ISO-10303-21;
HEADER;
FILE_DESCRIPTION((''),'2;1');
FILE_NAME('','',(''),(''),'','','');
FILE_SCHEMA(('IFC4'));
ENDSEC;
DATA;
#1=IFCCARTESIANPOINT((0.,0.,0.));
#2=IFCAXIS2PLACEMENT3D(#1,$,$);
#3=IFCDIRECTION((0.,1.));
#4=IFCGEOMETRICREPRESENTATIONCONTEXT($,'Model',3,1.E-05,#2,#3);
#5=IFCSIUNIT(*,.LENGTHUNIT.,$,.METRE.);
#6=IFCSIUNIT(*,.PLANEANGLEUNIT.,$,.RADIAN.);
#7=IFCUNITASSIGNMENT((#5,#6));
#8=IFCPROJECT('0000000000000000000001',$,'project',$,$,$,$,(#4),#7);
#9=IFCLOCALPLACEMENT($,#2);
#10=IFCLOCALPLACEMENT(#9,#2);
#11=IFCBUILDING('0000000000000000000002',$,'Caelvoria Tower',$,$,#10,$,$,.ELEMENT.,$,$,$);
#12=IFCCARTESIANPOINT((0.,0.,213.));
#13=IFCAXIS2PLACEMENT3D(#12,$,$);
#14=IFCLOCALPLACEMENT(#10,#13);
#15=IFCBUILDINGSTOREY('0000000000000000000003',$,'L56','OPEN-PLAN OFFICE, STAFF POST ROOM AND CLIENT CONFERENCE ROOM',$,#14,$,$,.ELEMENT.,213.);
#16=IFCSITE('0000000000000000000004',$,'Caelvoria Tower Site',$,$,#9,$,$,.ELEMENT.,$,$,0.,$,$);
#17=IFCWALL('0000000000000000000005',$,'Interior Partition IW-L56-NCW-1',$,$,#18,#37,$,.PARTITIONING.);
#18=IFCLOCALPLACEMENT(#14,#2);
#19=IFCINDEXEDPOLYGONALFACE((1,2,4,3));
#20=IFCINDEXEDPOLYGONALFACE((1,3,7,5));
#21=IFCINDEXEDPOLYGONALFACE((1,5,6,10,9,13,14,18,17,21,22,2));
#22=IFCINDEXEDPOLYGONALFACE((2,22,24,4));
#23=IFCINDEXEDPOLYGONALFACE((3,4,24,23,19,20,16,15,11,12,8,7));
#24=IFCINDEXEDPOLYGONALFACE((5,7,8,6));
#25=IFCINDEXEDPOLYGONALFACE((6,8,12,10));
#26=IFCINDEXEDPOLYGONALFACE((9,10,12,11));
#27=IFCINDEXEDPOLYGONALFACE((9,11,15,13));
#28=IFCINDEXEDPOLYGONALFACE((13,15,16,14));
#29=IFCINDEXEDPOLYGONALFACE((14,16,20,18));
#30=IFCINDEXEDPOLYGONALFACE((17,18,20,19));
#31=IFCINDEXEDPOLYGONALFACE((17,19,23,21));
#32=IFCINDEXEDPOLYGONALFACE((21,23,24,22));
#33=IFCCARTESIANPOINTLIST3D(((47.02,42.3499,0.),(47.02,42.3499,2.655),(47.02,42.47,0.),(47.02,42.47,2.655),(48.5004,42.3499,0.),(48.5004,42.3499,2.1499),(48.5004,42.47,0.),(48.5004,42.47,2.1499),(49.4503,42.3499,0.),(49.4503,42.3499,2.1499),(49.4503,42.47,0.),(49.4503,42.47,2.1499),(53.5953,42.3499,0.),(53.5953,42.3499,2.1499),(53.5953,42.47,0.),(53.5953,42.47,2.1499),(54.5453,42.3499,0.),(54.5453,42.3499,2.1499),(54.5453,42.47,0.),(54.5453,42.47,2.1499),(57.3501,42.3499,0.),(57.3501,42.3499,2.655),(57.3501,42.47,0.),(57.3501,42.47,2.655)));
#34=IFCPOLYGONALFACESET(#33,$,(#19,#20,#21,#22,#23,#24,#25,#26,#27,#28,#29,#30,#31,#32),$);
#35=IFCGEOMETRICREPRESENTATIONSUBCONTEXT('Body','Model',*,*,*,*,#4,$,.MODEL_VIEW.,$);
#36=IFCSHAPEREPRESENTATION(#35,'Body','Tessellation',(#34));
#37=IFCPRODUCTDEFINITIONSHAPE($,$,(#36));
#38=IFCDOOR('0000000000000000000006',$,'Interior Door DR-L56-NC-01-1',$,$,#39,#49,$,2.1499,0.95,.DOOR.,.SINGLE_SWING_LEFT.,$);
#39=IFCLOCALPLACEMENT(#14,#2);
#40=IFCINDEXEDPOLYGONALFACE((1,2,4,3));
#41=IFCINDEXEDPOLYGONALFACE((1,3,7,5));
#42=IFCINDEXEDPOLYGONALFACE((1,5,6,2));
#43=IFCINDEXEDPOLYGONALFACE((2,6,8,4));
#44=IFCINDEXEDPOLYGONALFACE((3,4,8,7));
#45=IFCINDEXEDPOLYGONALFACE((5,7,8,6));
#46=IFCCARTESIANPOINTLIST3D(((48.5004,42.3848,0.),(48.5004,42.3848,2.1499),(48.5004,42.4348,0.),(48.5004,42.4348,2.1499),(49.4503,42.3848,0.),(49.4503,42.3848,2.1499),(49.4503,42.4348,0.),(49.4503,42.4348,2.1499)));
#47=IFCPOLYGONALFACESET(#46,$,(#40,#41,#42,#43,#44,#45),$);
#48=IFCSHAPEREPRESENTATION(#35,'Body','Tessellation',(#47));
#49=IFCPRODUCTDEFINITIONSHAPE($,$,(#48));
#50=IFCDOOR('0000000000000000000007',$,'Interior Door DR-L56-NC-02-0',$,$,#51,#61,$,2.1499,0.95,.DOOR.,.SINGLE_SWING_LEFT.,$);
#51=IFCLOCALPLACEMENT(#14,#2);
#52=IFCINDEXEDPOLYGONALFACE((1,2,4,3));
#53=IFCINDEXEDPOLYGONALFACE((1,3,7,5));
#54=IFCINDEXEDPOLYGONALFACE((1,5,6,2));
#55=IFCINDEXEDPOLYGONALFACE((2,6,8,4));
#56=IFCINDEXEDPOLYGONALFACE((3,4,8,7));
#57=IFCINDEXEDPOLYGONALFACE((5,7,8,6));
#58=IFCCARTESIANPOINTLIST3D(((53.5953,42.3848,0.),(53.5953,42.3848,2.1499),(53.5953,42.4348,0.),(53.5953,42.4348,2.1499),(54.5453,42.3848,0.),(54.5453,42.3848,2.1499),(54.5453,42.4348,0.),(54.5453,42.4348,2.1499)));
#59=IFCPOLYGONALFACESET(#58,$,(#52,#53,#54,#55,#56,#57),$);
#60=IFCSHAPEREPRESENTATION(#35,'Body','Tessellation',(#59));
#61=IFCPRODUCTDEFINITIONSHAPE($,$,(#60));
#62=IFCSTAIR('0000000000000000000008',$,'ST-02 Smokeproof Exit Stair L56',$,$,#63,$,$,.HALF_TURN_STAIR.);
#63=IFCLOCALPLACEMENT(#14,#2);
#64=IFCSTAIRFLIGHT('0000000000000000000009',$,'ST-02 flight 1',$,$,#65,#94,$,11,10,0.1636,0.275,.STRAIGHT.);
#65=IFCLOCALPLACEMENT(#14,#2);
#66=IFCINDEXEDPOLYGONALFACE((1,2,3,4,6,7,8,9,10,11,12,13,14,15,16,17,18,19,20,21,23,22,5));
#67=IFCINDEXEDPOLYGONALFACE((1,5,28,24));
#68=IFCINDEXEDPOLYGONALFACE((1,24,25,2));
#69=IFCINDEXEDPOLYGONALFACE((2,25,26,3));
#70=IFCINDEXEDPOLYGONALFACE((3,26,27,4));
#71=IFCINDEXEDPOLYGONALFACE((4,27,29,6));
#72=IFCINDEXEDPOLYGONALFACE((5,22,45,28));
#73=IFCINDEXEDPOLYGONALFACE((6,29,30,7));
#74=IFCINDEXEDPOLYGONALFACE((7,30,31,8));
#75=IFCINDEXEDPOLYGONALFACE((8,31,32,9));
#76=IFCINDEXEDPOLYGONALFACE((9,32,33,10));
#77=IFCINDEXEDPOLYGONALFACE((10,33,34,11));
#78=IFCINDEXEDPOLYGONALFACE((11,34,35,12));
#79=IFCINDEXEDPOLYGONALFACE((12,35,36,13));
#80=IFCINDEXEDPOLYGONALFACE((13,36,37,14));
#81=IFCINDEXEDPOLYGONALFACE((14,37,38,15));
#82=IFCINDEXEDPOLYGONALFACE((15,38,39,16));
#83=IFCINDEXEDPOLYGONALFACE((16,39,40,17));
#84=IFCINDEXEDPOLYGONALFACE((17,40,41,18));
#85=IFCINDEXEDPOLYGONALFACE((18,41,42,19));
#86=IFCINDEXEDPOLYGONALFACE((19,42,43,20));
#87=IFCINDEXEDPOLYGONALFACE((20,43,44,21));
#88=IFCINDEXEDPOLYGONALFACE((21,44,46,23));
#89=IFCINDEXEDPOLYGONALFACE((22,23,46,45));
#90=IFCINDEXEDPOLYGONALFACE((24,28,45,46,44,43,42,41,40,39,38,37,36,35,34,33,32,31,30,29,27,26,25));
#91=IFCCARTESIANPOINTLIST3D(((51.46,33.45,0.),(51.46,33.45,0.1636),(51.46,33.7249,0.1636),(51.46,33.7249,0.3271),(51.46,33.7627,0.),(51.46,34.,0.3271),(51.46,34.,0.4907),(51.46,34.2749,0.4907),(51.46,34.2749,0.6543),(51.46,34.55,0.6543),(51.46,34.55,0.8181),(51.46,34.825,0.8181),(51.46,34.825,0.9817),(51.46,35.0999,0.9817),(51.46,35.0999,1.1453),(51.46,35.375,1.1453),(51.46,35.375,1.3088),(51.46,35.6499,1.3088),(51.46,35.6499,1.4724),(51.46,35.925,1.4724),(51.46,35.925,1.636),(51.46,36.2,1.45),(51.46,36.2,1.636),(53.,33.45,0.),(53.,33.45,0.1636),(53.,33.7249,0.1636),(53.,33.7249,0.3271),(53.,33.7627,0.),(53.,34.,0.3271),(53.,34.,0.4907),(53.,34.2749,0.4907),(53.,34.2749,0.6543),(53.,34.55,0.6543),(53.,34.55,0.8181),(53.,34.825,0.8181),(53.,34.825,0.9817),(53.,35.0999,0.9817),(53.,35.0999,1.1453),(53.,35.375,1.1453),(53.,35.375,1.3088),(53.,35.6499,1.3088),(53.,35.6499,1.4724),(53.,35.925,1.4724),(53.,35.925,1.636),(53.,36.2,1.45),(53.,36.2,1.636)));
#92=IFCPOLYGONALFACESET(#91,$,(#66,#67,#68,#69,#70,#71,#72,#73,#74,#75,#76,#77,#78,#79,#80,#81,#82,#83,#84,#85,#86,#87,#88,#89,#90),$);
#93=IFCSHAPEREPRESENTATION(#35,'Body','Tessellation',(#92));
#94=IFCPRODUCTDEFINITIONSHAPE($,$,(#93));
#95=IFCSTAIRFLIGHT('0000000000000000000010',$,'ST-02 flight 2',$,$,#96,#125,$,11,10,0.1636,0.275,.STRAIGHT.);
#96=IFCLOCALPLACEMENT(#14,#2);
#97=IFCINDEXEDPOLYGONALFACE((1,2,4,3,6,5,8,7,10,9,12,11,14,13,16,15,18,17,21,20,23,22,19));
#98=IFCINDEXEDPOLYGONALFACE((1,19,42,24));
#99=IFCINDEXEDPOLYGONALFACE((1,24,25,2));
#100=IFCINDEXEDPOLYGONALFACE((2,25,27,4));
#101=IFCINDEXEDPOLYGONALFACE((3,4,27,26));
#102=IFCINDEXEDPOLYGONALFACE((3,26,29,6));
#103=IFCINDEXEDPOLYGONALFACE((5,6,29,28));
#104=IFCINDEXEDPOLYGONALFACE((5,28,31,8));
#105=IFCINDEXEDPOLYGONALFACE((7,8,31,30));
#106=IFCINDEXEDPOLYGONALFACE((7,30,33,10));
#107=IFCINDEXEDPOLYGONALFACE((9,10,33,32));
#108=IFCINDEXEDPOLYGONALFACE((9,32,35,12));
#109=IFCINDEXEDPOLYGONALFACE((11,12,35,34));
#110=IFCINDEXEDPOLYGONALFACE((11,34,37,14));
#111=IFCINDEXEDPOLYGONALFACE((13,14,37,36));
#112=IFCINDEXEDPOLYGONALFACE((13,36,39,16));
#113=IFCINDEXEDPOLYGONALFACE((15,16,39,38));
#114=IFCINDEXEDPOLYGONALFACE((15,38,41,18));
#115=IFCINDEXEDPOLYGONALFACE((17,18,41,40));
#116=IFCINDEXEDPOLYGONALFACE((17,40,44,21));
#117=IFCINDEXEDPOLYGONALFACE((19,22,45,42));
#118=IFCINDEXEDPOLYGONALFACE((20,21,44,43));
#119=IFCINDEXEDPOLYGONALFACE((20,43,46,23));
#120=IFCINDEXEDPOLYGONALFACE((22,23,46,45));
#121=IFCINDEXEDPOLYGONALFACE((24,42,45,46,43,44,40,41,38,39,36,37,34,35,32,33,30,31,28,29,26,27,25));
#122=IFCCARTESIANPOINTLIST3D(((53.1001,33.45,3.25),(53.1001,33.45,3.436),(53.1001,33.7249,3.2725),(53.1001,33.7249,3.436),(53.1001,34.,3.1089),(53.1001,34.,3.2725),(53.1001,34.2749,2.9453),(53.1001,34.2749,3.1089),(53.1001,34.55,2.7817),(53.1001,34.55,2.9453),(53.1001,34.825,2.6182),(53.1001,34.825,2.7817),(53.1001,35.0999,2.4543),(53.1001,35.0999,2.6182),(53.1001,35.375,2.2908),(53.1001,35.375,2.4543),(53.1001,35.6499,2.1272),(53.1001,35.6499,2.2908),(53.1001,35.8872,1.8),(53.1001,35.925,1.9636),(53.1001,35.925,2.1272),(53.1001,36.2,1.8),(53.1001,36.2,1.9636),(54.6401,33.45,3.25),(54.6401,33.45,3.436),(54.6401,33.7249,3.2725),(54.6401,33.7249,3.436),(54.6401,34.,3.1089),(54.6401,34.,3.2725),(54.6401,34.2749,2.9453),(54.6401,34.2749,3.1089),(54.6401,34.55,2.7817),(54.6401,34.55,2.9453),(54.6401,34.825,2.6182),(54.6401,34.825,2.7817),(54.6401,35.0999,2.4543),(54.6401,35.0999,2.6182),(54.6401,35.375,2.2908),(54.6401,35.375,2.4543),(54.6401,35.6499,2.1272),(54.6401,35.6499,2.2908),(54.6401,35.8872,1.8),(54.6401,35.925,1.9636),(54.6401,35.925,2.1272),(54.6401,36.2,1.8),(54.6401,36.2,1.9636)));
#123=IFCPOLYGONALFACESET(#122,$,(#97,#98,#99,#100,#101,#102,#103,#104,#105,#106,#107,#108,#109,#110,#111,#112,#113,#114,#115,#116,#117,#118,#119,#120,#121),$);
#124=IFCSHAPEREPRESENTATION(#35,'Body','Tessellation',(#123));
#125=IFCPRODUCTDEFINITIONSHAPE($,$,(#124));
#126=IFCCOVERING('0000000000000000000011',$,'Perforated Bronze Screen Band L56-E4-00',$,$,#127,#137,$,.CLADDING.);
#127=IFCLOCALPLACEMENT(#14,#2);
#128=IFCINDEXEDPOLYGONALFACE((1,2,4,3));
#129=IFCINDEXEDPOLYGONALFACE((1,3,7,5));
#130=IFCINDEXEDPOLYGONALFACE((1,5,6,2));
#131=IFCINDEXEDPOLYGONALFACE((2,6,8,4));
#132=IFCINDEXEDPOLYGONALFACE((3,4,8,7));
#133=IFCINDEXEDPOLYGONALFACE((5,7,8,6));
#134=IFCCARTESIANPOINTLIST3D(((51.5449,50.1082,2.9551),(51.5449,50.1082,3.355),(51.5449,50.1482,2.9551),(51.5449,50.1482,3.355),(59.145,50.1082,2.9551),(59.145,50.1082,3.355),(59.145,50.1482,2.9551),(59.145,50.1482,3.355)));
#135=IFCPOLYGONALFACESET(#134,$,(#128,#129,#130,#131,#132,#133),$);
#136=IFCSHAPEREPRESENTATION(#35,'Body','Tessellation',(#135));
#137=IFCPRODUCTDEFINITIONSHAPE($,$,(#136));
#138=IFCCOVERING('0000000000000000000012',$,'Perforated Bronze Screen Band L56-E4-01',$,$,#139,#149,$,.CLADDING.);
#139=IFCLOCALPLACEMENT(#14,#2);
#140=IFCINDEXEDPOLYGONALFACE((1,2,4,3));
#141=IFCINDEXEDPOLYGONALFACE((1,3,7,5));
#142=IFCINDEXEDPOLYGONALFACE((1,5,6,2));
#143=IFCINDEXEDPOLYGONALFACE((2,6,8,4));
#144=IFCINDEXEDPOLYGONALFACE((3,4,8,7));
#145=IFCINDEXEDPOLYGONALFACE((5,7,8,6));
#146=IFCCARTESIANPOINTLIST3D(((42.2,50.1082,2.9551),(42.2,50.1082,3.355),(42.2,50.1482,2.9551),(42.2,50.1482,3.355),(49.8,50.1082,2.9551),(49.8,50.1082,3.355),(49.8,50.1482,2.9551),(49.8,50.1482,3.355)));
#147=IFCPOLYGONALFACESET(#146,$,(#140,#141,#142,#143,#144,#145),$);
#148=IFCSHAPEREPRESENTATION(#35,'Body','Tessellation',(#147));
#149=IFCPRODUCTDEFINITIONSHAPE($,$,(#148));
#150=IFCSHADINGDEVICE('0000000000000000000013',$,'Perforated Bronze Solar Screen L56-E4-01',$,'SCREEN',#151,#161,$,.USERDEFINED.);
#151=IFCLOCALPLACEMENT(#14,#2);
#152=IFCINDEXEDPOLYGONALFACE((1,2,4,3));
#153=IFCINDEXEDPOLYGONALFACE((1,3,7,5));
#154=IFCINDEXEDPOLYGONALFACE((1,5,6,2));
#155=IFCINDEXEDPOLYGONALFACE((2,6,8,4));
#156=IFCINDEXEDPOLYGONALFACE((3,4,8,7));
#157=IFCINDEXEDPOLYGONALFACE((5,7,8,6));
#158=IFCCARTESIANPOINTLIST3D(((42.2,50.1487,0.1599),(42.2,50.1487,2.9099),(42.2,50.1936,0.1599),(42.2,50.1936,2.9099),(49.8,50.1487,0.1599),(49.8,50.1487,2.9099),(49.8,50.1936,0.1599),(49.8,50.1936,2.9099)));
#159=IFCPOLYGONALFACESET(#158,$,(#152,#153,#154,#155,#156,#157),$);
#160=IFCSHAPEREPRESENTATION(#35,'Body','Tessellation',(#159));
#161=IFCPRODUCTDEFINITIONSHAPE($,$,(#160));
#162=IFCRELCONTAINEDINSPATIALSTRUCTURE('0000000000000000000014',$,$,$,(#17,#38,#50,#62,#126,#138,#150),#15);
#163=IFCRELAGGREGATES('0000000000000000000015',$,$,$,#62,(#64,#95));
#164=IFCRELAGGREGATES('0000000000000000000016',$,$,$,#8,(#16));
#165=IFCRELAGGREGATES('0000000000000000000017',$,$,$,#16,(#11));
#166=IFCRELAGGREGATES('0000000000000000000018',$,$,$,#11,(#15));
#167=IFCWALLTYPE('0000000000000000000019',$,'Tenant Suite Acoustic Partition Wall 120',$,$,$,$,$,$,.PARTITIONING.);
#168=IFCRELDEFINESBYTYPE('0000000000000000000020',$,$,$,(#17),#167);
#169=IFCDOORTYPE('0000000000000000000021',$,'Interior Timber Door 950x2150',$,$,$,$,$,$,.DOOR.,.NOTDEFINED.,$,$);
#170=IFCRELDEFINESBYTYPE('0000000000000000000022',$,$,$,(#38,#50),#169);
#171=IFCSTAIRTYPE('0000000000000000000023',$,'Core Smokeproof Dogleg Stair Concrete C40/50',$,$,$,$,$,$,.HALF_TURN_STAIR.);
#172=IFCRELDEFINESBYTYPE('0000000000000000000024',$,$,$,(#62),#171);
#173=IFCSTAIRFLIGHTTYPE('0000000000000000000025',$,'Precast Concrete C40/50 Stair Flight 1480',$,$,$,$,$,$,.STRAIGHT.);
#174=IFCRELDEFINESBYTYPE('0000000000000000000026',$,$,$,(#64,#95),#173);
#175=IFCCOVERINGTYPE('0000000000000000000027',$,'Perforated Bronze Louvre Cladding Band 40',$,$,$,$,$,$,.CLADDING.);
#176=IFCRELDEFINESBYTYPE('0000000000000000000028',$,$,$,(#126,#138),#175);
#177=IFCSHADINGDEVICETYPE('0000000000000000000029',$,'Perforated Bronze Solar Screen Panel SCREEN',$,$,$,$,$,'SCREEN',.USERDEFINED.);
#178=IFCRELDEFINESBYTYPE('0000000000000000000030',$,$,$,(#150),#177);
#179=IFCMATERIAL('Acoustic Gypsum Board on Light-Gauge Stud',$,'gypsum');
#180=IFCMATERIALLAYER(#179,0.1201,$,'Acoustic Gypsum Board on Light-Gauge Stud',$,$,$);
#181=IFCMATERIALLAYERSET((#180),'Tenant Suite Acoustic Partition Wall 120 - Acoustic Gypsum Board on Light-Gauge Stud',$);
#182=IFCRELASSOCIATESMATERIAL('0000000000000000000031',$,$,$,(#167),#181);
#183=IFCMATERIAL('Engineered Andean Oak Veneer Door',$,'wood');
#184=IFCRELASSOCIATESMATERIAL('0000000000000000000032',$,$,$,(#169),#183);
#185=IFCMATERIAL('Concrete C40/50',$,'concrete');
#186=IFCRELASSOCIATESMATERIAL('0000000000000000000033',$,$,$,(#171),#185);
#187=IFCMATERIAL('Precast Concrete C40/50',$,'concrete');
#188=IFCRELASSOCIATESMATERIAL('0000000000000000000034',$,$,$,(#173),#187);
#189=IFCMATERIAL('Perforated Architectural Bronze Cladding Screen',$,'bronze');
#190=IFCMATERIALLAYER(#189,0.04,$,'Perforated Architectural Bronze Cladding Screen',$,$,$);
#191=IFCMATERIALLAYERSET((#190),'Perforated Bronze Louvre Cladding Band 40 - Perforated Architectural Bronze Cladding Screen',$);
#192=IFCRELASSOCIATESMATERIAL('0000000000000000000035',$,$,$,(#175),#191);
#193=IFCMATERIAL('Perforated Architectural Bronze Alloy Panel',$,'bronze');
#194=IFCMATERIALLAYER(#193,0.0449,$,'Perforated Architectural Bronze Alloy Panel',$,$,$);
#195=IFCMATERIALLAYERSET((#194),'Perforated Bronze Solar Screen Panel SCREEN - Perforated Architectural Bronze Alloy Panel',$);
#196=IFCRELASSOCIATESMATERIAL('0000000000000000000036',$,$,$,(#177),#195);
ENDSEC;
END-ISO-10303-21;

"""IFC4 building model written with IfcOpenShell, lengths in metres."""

from ifc_helpers import new_model, si_unit, direction, frame, frame_2d, origin, origin_2d, place, context, subcontext, project, spatial, polyline, rectangle, outline, extrude, material, layer, layer_set, type_object, element, fill, aggregate, save


model = new_model("IFC4")

# Units and contexts
model_context = context("Model", 3, precision=1e-05, world=origin(), true_north=direction((0.0, 1.0)))
body_context = subcontext(model_context, "Body", "Model", "MODEL_VIEW")
ifc_project = project(units=[si_unit("LENGTHUNIT", "METRE"), si_unit("PLANEANGLEUNIT", "RADIAN")], contexts=[model_context])

# Site, building, storey
site_placement = place(None, origin())
site = spatial("IfcSite", under=ifc_project, at=site_placement, Name="Caelvoria Tower Site", CompositionType="ELEMENT", RefElevation=0.0)
building_placement = place(site_placement, origin())
building = spatial("IfcBuilding", under=site, at=building_placement, Name="Caelvoria Tower", CompositionType="ELEMENT")
storey_placement = place(building_placement, frame((0.0, 0.0, 213.0)))
storey = spatial("IfcBuildingStorey", under=building, at=storey_placement, Name="L56", Description="OPEN-PLAN OFFICE, STAFF POST ROOM AND CLIENT CONFERENCE ROOM", CompositionType="ELEMENT", Elevation=213.0)

# Shared definitions
ifc_material_1 = material(Name="Acoustic Gypsum Board on Light-Gauge Stud", Category="gypsum")
ifc_layer_1 = layer(ifc_material_1, 0.1201, Name="Acoustic Gypsum Board on Light-Gauge Stud")
ifc_layer_set_1 = layer_set([ifc_layer_1], Name="Tenant Suite Acoustic Partition Wall 120 - Acoustic Gypsum Board on Light-Gauge Stud")
wall_type_1 = type_object("IfcWallType", Name="Tenant Suite Acoustic Partition Wall 120", PredefinedType="PARTITIONING", material=ifc_layer_set_1)
ifc_material_2 = material(Name="Engineered Andean Oak Veneer Door", Category="wood")

# Wall, openings, doors
wall_1_placement = place(storey_placement, frame((47.02, 42.4099, 0.0), z_axis=(0.0, 0.0, 1.0), x_axis=(1.0, 0.0, 0.0)))
wall_1 = element("IfcWall", 1, at=wall_1_placement, inside=storey, type_object=wall_type_1, Name="Interior Partition IW-L56-NCW-1", PredefinedType="PARTITIONING", context=body_context, shape_type="SweptSolid", body=[
    extrude(rectangle(XDim=10.3301, YDim=0.1201, at=frame_2d((5.165, 0.0))), origin(), (0.0, 0.0, 1.0), 2.655),
])
opening_1_placement = place(wall_1_placement, frame((1.4802, 0.0, 0.0)))
opening_1 = element("IfcOpeningElement", 2, at=opening_1_placement, cuts=wall_1, PredefinedType="OPENING", context=body_context, shape_type="SweptSolid", body=[
    extrude(rectangle(XDim=0.95, YDim=2.1499, at=frame_2d((0.4751, 1.075))), frame((0.0, 0.0701, 0.0), z_axis=(0.0, -1.0, 0.0), x_axis=(1.0, 0.0, 0.0)), (0.0, 0.0, 1.0), 0.1401),
])
opening_2_placement = place(wall_1_placement, frame((6.5752, 0.0, 0.0)))
opening_2 = element("IfcOpeningElement", 3, at=opening_2_placement, cuts=wall_1, PredefinedType="OPENING", context=body_context, shape_type="SweptSolid", body=[
    extrude(rectangle(XDim=0.95, YDim=2.1499, at=frame_2d((0.4751, 1.075))), frame((0.0, 0.0701, 0.0), z_axis=(0.0, -1.0, 0.0), x_axis=(1.0, 0.0, 0.0)), (0.0, 0.0, 1.0), 0.1401),
])
door_type_1 = type_object("IfcDoorType", Name="Interior Timber Door 950x2150", OperationType="NOTDEFINED", PredefinedType="DOOR", material=ifc_material_2)
door_1_placement = place(opening_1_placement, origin())
door_1 = element("IfcDoor", 4, at=door_1_placement, inside=storey, type_object=door_type_1, Name="Interior Door DR-L56-NC-01-1", OperationType="SINGLE_SWING_LEFT", OverallHeight=2.1499, OverallWidth=0.95, PredefinedType="DOOR", context=body_context, shape_type="SweptSolid", body=[
    extrude(rectangle(XDim=0.95, YDim=2.1499, at=frame_2d((0.4751, 1.075))), frame((0.0, 0.0249, 0.0), z_axis=(0.0, -1.0, 0.0), x_axis=(1.0, 0.0, 0.0)), (0.0, 0.0, 1.0), 0.05),
])
fill(opening_1, door_1)
door_2_placement = place(opening_2_placement, origin())
door_2 = element("IfcDoor", 5, at=door_2_placement, inside=storey, type_object=door_type_1, Name="Interior Door DR-L56-NC-02-0", OperationType="SINGLE_SWING_LEFT", OverallHeight=2.1499, OverallWidth=0.95, PredefinedType="DOOR", context=body_context, shape_type="SweptSolid", body=[
    extrude(rectangle(XDim=0.95, YDim=2.1499, at=frame_2d((0.4751, 1.075))), frame((0.0, 0.0249, 0.0), z_axis=(0.0, -1.0, 0.0), x_axis=(1.0, 0.0, 0.0)), (0.0, 0.0, 1.0), 0.05),
])
fill(opening_2, door_2)

# Stair, stair flights
ifc_material_3 = material(Name="Concrete C40/50", Category="concrete")
stair_type = type_object("IfcStairType", Name="Core Smokeproof Dogleg Stair Concrete C40/50", PredefinedType="HALF_TURN_STAIR", material=ifc_material_3)
stair_placement = place(storey_placement, origin())
stair = element("IfcStair", 6, at=stair_placement, inside=storey, type_object=stair_type, Name="ST-02 Smokeproof Exit Stair L56", PredefinedType="HALF_TURN_STAIR")
ifc_material_4 = material(Name="Precast Concrete C40/50", Category="concrete")
stair_flight_type = type_object("IfcStairFlightType", Name="Precast Concrete C40/50 Stair Flight 1480", PredefinedType="STRAIGHT", material=ifc_material_4)
stair_flight_1_placement = place(storey_placement, frame((52.23, 33.45, 0.0), z_axis=(0.0, 0.0, 1.0), x_axis=(0.0, 1.0, 0.0)))
stair_flight_1 = element("IfcStairFlight", 7, at=stair_flight_1_placement, type_object=stair_flight_type, Name="ST-02 flight 1", NumberOfRisers=11, NumberOfTreads=10, PredefinedType="STRAIGHT", RiserHeight=0.1636, TreadLength=0.275, context=body_context, shape_type="SweptSolid", body=[
    extrude(outline(polyline([(0.0, 0.0), (0.0, 0.1636), (0.2749, 0.1636), (0.2749, 0.3271), (0.55, 0.3271), (0.55, 0.4907), (0.825, 0.4907), (0.825, 0.6543), (1.1001, 0.6543), (1.1001, 0.8181), (1.375, 0.8181), (1.375, 0.9817), (1.6499, 0.9817), (1.6499, 1.1453), (1.925, 1.1453), (1.925, 1.3088), (2.2, 1.3088), (2.2, 1.4724), (2.4751, 1.4724), (2.4751, 1.636), (2.75, 1.636), (2.75, 1.7996), (2.75, 1.45), (0.3127, 0.0), (0.0, 0.0)])), frame((0.0, 0.77, 0.0), z_axis=(0.0, -1.0, 0.0), x_axis=(1.0, 0.0, 0.0)), (0.0, 0.0, 1.0), 1.54),
])
stair_flight_2_placement = place(storey_placement, frame((53.8701, 36.2, 1.8), z_axis=(0.0, 0.0, 1.0), x_axis=(0.0, -1.0, 0.0)))
stair_flight_2 = element("IfcStairFlight", 8, at=stair_flight_2_placement, type_object=stair_flight_type, Name="ST-02 flight 2", NumberOfRisers=11, NumberOfTreads=10, PredefinedType="STRAIGHT", RiserHeight=0.1636, TreadLength=0.275, context=body_context, shape_type="SweptSolid", body=[
    extrude(outline(polyline([(0.0, 0.0), (0.0, 0.1636), (0.2749, 0.1636), (0.2749, 0.3271), (0.55, 0.3271), (0.55, 0.4907), (0.825, 0.4907), (0.825, 0.6543), (1.1001, 0.6543), (1.1001, 0.8181), (1.375, 0.8181), (1.375, 0.9817), (1.6499, 0.9817), (1.6499, 1.1453), (1.925, 1.1453), (1.925, 1.3088), (2.2, 1.3088), (2.2, 1.4724), (2.4751, 1.4724), (2.4751, 1.636), (2.75, 1.636), (2.75, 1.7996), (2.75, 1.45), (0.3127, 0.0), (0.0, 0.0)])), frame((0.0, 0.77, 0.0), z_axis=(0.0, -1.0, 0.0), x_axis=(1.0, 0.0, 0.0)), (0.0, 0.0, 1.0), 1.54),
])
aggregate(stair, [stair_flight_1, stair_flight_2])

# Coverings
ifc_material_5 = material(Name="Perforated Architectural Bronze Cladding Screen", Category="bronze")
ifc_layer_2 = layer(ifc_material_5, 0.04, Name="Perforated Architectural Bronze Cladding Screen")
ifc_layer_set_2 = layer_set([ifc_layer_2], Name="Perforated Bronze Louvre Cladding Band 40 - Perforated Architectural Bronze Cladding Screen")
covering_type = type_object("IfcCoveringType", Name="Perforated Bronze Louvre Cladding Band 40", PredefinedType="CLADDING", material=ifc_layer_set_2)
for number, where, z_axis, x_axis, name in (
    (9, (55.345, 50.1282, 2.9551), (0.0, 0.0, 1.0), (-1.0, 0.0, 0.0), "Perforated Bronze Screen Band L56-E4-00"),
    (10, (46.0, 50.1282, 2.9551), (0.0, 0.0, 1.0), (-1.0, 0.0, 0.0), "Perforated Bronze Screen Band L56-E4-01"),
):
    element("IfcCovering", number, at=place(storey_placement, frame(where, z_axis=z_axis, x_axis=x_axis)), inside=storey, type_object=covering_type, Name=name, PredefinedType="CLADDING", context=body_context, shape_type="SweptSolid", body=[
        extrude(rectangle(XDim=7.6001, YDim=0.04, at=origin_2d()), origin(), (0.0, 0.0, 1.0), 0.3999),
    ])

# Shading device
ifc_material_6 = material(Name="Perforated Architectural Bronze Alloy Panel", Category="bronze")
ifc_layer_3 = layer(ifc_material_6, 0.0449, Name="Perforated Architectural Bronze Alloy Panel")
ifc_layer_set_3 = layer_set([ifc_layer_3], Name="Perforated Bronze Solar Screen Panel SCREEN - Perforated Architectural Bronze Alloy Panel")
shading_device_type = type_object("IfcShadingDeviceType", Name="Perforated Bronze Solar Screen Panel SCREEN", ElementType="SCREEN", PredefinedType="USERDEFINED", material=ifc_layer_set_3)
shading_device_placement = place(storey_placement, frame((46.0, 50.1711, 0.1599), z_axis=(0.0, 0.0, 1.0), x_axis=(-1.0, 0.0, 0.0)))
element("IfcShadingDevice", 11, at=shading_device_placement, inside=storey, type_object=shading_device_type, Name="Perforated Bronze Solar Screen L56-E4-01", ObjectType="SCREEN", PredefinedType="USERDEFINED", context=body_context, shape_type="SweptSolid", body=[
    extrude(rectangle(XDim=7.6001, YDim=0.0449, at=origin_2d()), origin(), (0.0, 0.0, 1.0), 2.75),
])

save(model, "model.ifc")
